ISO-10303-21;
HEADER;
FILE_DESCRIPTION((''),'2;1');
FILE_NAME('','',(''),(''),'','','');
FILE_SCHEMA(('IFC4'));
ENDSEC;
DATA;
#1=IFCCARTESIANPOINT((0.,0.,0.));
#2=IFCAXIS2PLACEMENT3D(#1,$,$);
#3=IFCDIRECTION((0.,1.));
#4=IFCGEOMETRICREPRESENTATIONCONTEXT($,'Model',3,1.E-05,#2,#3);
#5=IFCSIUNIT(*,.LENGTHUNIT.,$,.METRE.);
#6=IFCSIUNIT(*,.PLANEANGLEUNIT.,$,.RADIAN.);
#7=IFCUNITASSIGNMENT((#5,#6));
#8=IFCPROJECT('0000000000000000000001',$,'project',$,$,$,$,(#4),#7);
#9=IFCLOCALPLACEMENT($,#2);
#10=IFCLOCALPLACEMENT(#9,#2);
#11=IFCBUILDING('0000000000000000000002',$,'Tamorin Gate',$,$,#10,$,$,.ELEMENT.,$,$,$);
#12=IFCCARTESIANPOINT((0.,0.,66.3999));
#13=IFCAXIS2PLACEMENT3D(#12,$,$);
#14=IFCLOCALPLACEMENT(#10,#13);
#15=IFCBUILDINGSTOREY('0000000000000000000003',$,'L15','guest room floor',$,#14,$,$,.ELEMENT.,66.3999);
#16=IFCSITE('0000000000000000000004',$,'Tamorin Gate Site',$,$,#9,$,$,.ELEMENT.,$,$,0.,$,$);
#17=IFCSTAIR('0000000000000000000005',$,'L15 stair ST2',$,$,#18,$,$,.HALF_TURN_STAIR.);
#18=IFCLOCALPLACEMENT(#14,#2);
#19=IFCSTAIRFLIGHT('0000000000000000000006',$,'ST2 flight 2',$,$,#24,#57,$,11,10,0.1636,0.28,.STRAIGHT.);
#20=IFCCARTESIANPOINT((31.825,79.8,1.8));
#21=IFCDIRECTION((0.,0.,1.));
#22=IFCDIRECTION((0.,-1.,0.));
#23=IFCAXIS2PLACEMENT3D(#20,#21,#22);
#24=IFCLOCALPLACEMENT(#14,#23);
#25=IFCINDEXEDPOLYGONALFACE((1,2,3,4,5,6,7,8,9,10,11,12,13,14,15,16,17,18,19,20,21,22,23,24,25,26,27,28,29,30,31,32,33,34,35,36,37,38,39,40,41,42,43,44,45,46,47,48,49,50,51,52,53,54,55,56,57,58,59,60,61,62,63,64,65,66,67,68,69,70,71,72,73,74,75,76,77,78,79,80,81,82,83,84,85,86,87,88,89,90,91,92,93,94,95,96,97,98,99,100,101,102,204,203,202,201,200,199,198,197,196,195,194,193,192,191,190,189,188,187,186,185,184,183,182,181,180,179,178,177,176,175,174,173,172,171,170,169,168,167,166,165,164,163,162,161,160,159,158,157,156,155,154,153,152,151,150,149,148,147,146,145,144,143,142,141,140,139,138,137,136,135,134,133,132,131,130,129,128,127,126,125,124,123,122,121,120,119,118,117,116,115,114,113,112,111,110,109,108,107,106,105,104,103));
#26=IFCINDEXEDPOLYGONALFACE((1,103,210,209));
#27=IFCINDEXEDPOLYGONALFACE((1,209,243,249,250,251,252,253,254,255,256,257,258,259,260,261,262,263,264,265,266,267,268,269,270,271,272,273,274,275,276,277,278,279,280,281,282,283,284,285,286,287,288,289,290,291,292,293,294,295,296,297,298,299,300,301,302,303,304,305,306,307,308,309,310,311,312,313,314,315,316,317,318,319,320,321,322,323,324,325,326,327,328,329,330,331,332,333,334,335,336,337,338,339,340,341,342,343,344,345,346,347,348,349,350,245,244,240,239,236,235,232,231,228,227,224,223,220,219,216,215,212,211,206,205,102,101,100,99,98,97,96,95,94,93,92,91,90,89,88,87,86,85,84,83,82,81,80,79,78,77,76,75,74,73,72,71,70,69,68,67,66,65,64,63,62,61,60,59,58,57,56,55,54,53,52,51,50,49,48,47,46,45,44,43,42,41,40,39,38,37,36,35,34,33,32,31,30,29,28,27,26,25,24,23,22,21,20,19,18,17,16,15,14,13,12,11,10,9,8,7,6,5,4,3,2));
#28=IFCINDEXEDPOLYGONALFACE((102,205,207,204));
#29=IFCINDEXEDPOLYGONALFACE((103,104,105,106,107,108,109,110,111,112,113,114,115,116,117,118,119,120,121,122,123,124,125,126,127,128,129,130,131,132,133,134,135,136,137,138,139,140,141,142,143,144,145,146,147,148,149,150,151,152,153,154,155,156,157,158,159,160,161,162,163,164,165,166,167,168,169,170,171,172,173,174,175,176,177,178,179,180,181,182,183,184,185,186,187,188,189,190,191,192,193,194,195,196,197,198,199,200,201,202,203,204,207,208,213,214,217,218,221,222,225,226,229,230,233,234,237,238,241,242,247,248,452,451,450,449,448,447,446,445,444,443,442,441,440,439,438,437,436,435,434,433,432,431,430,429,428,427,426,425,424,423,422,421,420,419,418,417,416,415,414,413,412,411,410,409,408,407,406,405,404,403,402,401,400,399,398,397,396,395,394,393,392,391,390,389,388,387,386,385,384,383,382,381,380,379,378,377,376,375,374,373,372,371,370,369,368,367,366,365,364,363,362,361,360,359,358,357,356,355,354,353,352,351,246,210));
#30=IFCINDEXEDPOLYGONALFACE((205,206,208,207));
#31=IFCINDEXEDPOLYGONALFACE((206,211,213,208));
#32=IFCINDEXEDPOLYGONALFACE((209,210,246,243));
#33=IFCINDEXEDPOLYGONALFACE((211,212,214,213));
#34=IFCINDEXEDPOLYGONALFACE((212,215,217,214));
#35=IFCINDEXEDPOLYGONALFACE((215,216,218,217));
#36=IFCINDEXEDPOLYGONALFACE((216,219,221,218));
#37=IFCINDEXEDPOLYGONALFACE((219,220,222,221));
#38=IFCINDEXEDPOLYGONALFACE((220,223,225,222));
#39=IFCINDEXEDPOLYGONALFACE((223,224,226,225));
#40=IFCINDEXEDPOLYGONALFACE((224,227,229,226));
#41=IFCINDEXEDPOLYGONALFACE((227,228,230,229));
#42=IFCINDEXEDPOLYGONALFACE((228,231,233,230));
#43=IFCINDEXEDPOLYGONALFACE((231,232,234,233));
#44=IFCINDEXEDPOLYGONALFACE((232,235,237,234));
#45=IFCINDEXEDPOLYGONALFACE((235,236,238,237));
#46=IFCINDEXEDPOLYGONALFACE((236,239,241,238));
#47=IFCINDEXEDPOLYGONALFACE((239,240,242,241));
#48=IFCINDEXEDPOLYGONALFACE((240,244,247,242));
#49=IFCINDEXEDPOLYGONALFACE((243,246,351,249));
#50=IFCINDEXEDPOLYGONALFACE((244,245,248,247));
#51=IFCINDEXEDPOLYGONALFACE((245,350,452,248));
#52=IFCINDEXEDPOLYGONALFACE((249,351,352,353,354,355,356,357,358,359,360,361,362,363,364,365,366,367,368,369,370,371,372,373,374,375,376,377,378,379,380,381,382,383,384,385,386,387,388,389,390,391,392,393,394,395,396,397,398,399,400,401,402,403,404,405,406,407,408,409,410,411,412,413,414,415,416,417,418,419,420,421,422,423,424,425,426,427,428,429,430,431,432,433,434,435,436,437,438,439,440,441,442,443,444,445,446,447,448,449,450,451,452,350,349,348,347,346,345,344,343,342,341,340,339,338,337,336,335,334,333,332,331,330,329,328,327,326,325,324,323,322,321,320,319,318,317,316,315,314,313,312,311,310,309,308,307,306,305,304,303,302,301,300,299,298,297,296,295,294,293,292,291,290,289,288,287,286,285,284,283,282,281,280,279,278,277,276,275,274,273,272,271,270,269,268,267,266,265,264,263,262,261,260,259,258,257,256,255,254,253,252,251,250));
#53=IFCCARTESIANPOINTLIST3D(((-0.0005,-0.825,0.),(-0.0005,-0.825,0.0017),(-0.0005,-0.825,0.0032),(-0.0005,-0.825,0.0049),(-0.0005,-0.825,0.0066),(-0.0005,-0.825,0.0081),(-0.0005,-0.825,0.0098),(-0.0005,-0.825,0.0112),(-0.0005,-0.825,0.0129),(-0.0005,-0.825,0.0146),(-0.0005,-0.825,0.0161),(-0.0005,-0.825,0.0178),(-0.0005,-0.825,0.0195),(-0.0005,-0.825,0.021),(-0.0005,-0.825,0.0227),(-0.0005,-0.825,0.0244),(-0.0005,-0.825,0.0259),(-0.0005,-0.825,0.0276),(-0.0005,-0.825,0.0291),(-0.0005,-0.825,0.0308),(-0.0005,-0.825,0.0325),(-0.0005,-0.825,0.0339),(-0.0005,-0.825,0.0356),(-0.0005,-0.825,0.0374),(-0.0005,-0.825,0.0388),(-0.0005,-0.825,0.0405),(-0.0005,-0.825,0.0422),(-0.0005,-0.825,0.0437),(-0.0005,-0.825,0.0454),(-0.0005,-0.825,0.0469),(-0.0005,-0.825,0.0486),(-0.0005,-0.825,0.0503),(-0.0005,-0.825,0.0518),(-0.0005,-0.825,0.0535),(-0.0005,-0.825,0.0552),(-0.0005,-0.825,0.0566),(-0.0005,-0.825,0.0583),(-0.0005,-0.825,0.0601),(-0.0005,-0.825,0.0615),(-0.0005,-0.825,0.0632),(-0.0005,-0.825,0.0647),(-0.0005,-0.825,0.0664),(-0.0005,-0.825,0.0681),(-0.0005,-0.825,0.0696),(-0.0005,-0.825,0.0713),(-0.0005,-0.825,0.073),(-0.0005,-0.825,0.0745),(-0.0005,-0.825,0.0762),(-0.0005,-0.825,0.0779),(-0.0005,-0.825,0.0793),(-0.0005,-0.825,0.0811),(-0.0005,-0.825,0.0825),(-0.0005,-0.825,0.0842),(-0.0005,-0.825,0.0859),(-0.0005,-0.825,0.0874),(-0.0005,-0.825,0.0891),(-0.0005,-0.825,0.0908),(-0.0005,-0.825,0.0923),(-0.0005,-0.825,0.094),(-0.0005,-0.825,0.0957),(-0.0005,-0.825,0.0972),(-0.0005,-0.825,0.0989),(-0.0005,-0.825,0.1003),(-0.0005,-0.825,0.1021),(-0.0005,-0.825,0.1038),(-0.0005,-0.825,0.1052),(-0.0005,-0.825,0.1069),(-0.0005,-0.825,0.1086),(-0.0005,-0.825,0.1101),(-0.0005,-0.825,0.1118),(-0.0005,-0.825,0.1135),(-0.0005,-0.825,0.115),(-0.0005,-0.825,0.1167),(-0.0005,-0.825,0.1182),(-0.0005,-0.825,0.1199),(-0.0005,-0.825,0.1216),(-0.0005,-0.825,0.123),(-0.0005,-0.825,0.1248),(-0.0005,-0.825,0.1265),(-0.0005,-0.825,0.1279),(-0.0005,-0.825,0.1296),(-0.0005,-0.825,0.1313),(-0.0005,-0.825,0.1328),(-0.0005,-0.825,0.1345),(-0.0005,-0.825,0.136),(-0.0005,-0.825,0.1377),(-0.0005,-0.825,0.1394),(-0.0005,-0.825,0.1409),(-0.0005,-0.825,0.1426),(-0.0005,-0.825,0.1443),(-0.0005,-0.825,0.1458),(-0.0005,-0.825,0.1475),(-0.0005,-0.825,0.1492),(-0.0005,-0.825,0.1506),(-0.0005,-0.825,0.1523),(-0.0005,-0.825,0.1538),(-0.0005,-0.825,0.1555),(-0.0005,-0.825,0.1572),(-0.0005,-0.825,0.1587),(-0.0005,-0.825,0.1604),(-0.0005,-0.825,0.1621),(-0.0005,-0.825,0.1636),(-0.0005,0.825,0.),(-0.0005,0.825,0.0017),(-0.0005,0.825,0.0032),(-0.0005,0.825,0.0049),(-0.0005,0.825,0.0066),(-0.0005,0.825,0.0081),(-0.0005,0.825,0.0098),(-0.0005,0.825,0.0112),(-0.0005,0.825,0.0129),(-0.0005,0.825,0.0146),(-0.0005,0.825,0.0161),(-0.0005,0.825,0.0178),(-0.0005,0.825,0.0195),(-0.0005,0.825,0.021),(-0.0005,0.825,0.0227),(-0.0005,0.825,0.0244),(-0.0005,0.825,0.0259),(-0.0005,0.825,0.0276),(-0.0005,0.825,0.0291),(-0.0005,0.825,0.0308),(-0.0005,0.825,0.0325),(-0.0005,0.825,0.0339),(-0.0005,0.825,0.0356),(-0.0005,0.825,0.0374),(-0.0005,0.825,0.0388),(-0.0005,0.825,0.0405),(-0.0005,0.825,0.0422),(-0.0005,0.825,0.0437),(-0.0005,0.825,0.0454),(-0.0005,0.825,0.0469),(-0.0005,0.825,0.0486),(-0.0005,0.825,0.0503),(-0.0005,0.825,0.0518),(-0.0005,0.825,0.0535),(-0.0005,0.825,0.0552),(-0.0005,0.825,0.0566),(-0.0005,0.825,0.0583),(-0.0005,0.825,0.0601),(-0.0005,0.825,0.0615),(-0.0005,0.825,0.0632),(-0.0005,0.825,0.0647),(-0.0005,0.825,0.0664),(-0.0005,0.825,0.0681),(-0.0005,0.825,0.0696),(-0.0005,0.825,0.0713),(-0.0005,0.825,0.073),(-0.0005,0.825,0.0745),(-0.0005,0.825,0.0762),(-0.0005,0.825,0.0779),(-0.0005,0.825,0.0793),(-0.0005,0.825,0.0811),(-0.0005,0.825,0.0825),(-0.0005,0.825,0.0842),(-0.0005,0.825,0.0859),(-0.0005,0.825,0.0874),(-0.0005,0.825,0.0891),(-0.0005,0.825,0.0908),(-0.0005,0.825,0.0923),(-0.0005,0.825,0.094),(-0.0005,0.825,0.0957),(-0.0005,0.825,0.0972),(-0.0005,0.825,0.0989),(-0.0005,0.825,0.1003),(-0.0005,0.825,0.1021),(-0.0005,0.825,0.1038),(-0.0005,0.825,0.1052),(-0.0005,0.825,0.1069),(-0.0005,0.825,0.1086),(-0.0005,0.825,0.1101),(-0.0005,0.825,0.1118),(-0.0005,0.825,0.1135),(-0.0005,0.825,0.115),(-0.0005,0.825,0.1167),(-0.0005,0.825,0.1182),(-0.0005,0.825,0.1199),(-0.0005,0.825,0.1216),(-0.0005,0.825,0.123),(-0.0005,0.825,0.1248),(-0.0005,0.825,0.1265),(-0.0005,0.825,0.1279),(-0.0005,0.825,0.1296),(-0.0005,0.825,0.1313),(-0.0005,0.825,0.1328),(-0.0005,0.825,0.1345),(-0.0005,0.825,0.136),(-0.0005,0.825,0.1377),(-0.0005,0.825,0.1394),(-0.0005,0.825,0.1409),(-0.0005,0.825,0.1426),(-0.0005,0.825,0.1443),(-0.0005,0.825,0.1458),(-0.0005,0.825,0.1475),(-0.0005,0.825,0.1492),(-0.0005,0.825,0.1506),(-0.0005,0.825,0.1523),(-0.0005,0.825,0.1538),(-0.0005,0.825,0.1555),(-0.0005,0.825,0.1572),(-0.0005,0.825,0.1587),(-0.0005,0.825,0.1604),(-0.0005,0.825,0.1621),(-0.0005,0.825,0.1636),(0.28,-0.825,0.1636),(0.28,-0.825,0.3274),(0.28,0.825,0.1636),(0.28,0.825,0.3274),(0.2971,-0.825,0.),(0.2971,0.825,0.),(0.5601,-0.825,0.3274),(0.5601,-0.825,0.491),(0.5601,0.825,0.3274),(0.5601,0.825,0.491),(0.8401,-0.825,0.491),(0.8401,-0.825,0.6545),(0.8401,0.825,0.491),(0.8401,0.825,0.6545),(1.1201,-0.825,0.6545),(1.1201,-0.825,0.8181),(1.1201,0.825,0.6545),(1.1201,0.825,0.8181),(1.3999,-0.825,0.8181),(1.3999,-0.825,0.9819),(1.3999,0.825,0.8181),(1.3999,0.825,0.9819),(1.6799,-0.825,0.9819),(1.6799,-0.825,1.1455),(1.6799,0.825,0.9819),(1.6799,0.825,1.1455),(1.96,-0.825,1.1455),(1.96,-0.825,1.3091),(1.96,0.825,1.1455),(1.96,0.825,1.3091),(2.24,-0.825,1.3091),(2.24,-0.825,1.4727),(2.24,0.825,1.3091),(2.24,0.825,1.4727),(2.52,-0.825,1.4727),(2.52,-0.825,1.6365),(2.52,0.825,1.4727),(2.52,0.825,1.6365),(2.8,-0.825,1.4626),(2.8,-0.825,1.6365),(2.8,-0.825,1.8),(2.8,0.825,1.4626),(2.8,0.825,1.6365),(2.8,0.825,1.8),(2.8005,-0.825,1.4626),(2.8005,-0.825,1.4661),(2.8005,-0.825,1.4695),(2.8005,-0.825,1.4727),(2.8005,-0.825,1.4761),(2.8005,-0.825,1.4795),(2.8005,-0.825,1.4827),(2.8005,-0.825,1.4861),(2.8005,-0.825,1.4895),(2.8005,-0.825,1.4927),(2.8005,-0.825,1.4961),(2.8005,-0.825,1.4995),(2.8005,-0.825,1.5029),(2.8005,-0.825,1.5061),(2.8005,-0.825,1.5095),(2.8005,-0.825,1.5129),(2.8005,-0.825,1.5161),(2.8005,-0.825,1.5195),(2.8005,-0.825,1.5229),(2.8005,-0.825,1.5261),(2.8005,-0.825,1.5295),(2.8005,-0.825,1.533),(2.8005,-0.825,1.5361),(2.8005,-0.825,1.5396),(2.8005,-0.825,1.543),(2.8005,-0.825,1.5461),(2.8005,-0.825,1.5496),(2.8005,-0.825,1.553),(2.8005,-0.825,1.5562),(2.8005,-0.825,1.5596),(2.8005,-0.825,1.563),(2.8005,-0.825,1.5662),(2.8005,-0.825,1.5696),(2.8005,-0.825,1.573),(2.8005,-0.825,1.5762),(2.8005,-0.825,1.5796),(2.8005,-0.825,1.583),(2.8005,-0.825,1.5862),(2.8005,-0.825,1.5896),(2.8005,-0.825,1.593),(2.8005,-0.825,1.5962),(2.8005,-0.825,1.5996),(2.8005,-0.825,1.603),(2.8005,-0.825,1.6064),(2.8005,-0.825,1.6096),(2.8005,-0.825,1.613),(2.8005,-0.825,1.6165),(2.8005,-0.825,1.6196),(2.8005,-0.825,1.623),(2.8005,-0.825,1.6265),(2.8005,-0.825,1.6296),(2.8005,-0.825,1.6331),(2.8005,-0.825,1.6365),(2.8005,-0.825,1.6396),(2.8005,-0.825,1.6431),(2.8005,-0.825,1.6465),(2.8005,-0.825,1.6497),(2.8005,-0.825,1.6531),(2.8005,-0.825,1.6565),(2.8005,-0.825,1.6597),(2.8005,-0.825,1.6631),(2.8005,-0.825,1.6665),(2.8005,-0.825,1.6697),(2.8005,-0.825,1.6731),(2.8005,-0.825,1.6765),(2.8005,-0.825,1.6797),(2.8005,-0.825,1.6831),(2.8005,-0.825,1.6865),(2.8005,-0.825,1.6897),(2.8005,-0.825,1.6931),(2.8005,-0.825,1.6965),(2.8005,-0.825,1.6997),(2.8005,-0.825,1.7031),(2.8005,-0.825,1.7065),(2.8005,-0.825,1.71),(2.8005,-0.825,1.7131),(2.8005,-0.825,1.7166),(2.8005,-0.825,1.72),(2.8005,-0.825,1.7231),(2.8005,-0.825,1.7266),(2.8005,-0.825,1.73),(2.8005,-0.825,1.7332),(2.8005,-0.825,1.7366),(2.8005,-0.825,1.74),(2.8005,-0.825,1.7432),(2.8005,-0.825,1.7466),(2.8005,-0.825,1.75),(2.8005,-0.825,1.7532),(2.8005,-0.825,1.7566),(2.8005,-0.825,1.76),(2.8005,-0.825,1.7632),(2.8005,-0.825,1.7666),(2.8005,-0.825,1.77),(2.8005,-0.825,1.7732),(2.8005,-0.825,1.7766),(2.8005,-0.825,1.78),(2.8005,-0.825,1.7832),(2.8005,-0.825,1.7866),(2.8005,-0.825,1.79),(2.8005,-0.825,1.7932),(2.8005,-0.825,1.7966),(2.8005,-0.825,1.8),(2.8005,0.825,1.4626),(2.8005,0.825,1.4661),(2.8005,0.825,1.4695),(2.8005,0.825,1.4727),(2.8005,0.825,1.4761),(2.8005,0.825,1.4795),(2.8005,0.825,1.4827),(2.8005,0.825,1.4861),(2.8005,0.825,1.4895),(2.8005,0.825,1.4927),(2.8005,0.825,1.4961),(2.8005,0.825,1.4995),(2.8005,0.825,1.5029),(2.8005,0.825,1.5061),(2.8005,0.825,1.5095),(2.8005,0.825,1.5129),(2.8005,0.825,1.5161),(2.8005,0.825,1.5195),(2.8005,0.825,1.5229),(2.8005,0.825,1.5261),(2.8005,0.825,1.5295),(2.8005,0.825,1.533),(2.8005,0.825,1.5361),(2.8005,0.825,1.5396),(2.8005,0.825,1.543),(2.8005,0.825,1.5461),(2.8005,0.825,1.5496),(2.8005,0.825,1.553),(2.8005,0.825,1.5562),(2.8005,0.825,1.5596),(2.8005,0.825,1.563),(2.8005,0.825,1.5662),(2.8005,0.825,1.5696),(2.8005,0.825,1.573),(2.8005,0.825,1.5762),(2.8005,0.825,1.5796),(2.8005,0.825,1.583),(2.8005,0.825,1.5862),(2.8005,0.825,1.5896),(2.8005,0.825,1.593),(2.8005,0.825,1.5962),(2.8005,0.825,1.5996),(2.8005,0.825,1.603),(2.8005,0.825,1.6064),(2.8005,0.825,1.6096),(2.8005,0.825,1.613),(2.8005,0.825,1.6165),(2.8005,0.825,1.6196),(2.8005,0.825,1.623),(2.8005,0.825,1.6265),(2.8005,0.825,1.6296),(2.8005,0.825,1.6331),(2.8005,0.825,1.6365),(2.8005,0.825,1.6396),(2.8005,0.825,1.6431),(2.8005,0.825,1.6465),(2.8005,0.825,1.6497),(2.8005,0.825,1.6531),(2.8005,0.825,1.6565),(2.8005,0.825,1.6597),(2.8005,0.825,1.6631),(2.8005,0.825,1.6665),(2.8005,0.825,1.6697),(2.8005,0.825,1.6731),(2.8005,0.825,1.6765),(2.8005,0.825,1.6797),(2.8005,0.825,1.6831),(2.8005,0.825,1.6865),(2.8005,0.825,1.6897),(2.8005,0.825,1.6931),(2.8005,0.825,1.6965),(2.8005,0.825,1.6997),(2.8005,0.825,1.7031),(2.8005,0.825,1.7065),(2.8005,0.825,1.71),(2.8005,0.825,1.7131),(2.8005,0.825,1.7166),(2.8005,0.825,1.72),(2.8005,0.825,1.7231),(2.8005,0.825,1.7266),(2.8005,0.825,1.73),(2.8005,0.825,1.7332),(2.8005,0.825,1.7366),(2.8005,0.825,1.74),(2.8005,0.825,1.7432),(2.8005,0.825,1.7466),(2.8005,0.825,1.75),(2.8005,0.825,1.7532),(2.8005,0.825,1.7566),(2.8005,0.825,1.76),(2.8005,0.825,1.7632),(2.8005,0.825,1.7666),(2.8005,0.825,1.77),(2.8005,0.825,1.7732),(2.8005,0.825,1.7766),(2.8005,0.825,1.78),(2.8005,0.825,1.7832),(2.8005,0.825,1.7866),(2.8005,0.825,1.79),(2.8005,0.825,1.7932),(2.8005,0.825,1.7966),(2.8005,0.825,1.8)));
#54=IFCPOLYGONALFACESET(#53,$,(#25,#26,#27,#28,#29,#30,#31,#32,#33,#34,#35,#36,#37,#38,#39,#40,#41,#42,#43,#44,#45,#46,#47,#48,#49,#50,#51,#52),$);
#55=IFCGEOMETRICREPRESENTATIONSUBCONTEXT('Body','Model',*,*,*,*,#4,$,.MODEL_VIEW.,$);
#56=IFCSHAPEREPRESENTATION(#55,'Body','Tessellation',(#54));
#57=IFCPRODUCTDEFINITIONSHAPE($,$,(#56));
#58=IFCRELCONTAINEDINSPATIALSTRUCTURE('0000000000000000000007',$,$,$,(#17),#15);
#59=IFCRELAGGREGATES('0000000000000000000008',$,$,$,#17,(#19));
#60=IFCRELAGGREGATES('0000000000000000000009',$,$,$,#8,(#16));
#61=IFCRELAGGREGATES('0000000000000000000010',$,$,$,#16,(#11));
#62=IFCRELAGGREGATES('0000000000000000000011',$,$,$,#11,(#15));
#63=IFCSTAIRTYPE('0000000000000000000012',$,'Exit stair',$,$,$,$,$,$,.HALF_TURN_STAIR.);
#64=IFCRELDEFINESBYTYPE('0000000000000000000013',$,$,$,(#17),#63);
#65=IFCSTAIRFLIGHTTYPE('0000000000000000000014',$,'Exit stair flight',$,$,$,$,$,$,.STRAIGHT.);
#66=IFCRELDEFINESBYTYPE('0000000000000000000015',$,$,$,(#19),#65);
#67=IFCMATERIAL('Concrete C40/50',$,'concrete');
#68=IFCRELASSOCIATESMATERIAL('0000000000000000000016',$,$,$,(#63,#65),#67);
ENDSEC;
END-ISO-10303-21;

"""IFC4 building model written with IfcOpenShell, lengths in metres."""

from ifc_helpers import new_model, si_unit, direction, frame, origin, place, context, subcontext, project, spatial, polyline, outline, extrude, material, type_object, element, aggregate, save


model = new_model("IFC4")

# Units and contexts
model_context = context("Model", 3, precision=1e-05, world=origin(), true_north=direction((0.0, 1.0)))
body_context = subcontext(model_context, "Body", "Model", "MODEL_VIEW")
ifc_project = project(units=[si_unit("LENGTHUNIT", "METRE"), si_unit("PLANEANGLEUNIT", "RADIAN")], contexts=[model_context])

# Site, building, storey
site_placement = place(None, origin())
site = spatial("IfcSite", under=ifc_project, at=site_placement, Name="Tamorin Gate Site", CompositionType="ELEMENT", RefElevation=0.0)
building_placement = place(site_placement, origin())
building = spatial("IfcBuilding", under=site, at=building_placement, Name="Tamorin Gate", CompositionType="ELEMENT")
storey_placement = place(building_placement, frame((0.0, 0.0, 66.3999)))
storey = spatial("IfcBuildingStorey", under=building, at=storey_placement, Name="L15", Description="guest room floor", CompositionType="ELEMENT", Elevation=66.3999)

# Shared definitions
ifc_material_1 = material(Name="Concrete C40/50", Category="concrete")

# Stair, stair flight
stair_type = type_object("IfcStairType", Name="Exit stair", PredefinedType="HALF_TURN_STAIR", material=ifc_material_1)
stair_placement = place(storey_placement, origin())
stair = element("IfcStair", 1, at=stair_placement, inside=storey, type_object=stair_type, Name="L15 stair ST2", PredefinedType="HALF_TURN_STAIR")
stair_flight_type = type_object("IfcStairFlightType", Name="Exit stair flight", PredefinedType="STRAIGHT", material=ifc_material_1)
stair_flight_1_placement = place(storey_placement, frame((31.825, 79.8, 1.8), z_axis=(0.0, 0.0, 1.0), x_axis=(0.0, -1.0, 0.0)))
stair_flight_1 = element("IfcStairFlight", 2, at=stair_flight_1_placement, type_object=stair_flight_type, Name="ST2 flight 2", NumberOfRisers=11, NumberOfTreads=10, PredefinedType="STRAIGHT", RiserHeight=0.1636, TreadLength=0.28, context=body_context, shape_type="SweptSolid", body=[
    extrude(outline(polyline([(-0.0005, 0.0), (-0.0005, 0.0017), (-0.0005, 0.0032), (-0.0005, 0.0049), (-0.0005, 0.0066), (-0.0005, 0.0081), (-0.0005, 0.0098), (-0.0005, 0.0112), (-0.0005, 0.0129), (-0.0005, 0.0146), (-0.0005, 0.0161), (-0.0005, 0.0178), (-0.0005, 0.0195), (-0.0005, 0.021), (-0.0005, 0.0227), (-0.0005, 0.0244), (-0.0005, 0.0259), (-0.0005, 0.0276), (-0.0005, 0.0291), (-0.0005, 0.0308), (-0.0005, 0.0325), (-0.0005, 0.0339), (-0.0005, 0.0356), (-0.0005, 0.0374), (-0.0005, 0.0388), (-0.0005, 0.0405), (-0.0005, 0.0422), (-0.0005, 0.0437), (-0.0005, 0.0454), (-0.0005, 0.0469), (-0.0005, 0.0486), (-0.0005, 0.0503), (-0.0005, 0.0518), (-0.0005, 0.0535), (-0.0005, 0.0552), (-0.0005, 0.0566), (-0.0005, 0.0583), (-0.0005, 0.0601), (-0.0005, 0.0615), (-0.0005, 0.0632), (-0.0005, 0.0647), (-0.0005, 0.0664), (-0.0005, 0.0681), (-0.0005, 0.0696), (-0.0005, 0.0713), (-0.0005, 0.073), (-0.0005, 0.0745), (-0.0005, 0.0762), (-0.0005, 0.0779), (-0.0005, 0.0793), (-0.0005, 0.0811), (-0.0005, 0.0825), (-0.0005, 0.0842), (-0.0005, 0.0859), (-0.0005, 0.0874), (-0.0005, 0.0891), (-0.0005, 0.0908), (-0.0005, 0.0923), (-0.0005, 0.094), (-0.0005, 0.0957), (-0.0005, 0.0972), (-0.0005, 0.0989), (-0.0005, 0.1003), (-0.0005, 0.1021), (-0.0005, 0.1038), (-0.0005, 0.1052), (-0.0005, 0.1069), (-0.0005, 0.1086), (-0.0005, 0.1101), (-0.0005, 0.1118), (-0.0005, 0.1135), (-0.0005, 0.115), (-0.0005, 0.1167), (-0.0005, 0.1182), (-0.0005, 0.1199), (-0.0005, 0.1216), (-0.0005, 0.123), (-0.0005, 0.1248), (-0.0005, 0.1265), (-0.0005, 0.1279), (-0.0005, 0.1296), (-0.0005, 0.1313), (-0.0005, 0.1328), (-0.0005, 0.1345), (-0.0005, 0.136), (-0.0005, 0.1377), (-0.0005, 0.1394), (-0.0005, 0.1409), (-0.0005, 0.1426), (-0.0005, 0.1443), (-0.0005, 0.1458), (-0.0005, 0.1475), (-0.0005, 0.1492), (-0.0005, 0.1506), (-0.0005, 0.1523), (-0.0005, 0.1538), (-0.0005, 0.1555), (-0.0005, 0.1572), (-0.0005, 0.1587), (-0.0005, 0.1604), (-0.0005, 0.1621), (-0.0005, 0.1636), (0.28, 0.1636), (0.28, 0.3274), (0.5601, 0.3274), (0.5601, 0.491), (0.8401, 0.491), (0.8401, 0.6545), (1.1201, 0.6545), (1.1201, 0.8181), (1.3999, 0.8181), (1.3999, 0.9819), (1.6799, 0.9819), (1.6799, 1.1455), (1.96, 1.1455), (1.96, 1.3091), (2.24, 1.3091), (2.24, 1.4727), (2.52, 1.4727), (2.52, 1.6365), (2.8, 1.6365), (2.8, 1.8), (2.8005, 1.8), (2.8005, 1.7966), (2.8005, 1.7932), (2.8005, 1.79), (2.8005, 1.7866), (2.8005, 1.7832), (2.8005, 1.78), (2.8005, 1.7766), (2.8005, 1.7732), (2.8005, 1.77), (2.8005, 1.7666), (2.8005, 1.7632), (2.8005, 1.76), (2.8005, 1.7566), (2.8005, 1.7532), (2.8005, 1.75), (2.8005, 1.7466), (2.8005, 1.7432), (2.8005, 1.74), (2.8005, 1.7366), (2.8005, 1.7332), (2.8005, 1.73), (2.8005, 1.7266), (2.8005, 1.7231), (2.8005, 1.72), (2.8005, 1.7166), (2.8005, 1.7131), (2.8005, 1.71), (2.8005, 1.7065), (2.8005, 1.7031), (2.8005, 1.6997), (2.8005, 1.6965), (2.8005, 1.6931), (2.8005, 1.6897), (2.8005, 1.6865), (2.8005, 1.6831), (2.8005, 1.6797), (2.8005, 1.6765), (2.8005, 1.6731), (2.8005, 1.6697), (2.8005, 1.6665), (2.8005, 1.6631), (2.8005, 1.6597), (2.8005, 1.6565), (2.8005, 1.6531), (2.8005, 1.6497), (2.8005, 1.6465), (2.8005, 1.6431), (2.8005, 1.6396), (2.8005, 1.6365), (2.8005, 1.6331), (2.8005, 1.6296), (2.8005, 1.6265), (2.8005, 1.623), (2.8005, 1.6196), (2.8005, 1.6165), (2.8005, 1.613), (2.8005, 1.6096), (2.8005, 1.6064), (2.8005, 1.603), (2.8005, 1.5996), (2.8005, 1.5962), (2.8005, 1.593), (2.8005, 1.5896), (2.8005, 1.5862), (2.8005, 1.583), (2.8005, 1.5796), (2.8005, 1.5762), (2.8005, 1.573), (2.8005, 1.5696), (2.8005, 1.5662), (2.8005, 1.563), (2.8005, 1.5596), (2.8005, 1.5562), (2.8005, 1.553), (2.8005, 1.5496), (2.8005, 1.5461), (2.8005, 1.543), (2.8005, 1.5396), (2.8005, 1.5361), (2.8005, 1.533), (2.8005, 1.5295), (2.8005, 1.5261), (2.8005, 1.5229), (2.8005, 1.5195), (2.8005, 1.5161), (2.8005, 1.5129), (2.8005, 1.5095), (2.8005, 1.5061), (2.8005, 1.5029), (2.8005, 1.4995), (2.8005, 1.4961), (2.8005, 1.4927), (2.8005, 1.4895), (2.8005, 1.4861), (2.8005, 1.4827), (2.8005, 1.4795), (2.8005, 1.4761), (2.8005, 1.4727), (2.8005, 1.4695), (2.8005, 1.4661), (2.8005, 1.4626), (2.8, 1.4626), (0.2971, 0.0), (-0.0005, 0.0)])), frame((0.0, 0.825, 0.0), z_axis=(0.0, -1.0, 0.0), x_axis=(1.0, 0.0, 0.0)), (0.0, 0.0, 1.0), 1.6499),
])
aggregate(stair, [stair_flight_1])

save(model, "model.ifc")
